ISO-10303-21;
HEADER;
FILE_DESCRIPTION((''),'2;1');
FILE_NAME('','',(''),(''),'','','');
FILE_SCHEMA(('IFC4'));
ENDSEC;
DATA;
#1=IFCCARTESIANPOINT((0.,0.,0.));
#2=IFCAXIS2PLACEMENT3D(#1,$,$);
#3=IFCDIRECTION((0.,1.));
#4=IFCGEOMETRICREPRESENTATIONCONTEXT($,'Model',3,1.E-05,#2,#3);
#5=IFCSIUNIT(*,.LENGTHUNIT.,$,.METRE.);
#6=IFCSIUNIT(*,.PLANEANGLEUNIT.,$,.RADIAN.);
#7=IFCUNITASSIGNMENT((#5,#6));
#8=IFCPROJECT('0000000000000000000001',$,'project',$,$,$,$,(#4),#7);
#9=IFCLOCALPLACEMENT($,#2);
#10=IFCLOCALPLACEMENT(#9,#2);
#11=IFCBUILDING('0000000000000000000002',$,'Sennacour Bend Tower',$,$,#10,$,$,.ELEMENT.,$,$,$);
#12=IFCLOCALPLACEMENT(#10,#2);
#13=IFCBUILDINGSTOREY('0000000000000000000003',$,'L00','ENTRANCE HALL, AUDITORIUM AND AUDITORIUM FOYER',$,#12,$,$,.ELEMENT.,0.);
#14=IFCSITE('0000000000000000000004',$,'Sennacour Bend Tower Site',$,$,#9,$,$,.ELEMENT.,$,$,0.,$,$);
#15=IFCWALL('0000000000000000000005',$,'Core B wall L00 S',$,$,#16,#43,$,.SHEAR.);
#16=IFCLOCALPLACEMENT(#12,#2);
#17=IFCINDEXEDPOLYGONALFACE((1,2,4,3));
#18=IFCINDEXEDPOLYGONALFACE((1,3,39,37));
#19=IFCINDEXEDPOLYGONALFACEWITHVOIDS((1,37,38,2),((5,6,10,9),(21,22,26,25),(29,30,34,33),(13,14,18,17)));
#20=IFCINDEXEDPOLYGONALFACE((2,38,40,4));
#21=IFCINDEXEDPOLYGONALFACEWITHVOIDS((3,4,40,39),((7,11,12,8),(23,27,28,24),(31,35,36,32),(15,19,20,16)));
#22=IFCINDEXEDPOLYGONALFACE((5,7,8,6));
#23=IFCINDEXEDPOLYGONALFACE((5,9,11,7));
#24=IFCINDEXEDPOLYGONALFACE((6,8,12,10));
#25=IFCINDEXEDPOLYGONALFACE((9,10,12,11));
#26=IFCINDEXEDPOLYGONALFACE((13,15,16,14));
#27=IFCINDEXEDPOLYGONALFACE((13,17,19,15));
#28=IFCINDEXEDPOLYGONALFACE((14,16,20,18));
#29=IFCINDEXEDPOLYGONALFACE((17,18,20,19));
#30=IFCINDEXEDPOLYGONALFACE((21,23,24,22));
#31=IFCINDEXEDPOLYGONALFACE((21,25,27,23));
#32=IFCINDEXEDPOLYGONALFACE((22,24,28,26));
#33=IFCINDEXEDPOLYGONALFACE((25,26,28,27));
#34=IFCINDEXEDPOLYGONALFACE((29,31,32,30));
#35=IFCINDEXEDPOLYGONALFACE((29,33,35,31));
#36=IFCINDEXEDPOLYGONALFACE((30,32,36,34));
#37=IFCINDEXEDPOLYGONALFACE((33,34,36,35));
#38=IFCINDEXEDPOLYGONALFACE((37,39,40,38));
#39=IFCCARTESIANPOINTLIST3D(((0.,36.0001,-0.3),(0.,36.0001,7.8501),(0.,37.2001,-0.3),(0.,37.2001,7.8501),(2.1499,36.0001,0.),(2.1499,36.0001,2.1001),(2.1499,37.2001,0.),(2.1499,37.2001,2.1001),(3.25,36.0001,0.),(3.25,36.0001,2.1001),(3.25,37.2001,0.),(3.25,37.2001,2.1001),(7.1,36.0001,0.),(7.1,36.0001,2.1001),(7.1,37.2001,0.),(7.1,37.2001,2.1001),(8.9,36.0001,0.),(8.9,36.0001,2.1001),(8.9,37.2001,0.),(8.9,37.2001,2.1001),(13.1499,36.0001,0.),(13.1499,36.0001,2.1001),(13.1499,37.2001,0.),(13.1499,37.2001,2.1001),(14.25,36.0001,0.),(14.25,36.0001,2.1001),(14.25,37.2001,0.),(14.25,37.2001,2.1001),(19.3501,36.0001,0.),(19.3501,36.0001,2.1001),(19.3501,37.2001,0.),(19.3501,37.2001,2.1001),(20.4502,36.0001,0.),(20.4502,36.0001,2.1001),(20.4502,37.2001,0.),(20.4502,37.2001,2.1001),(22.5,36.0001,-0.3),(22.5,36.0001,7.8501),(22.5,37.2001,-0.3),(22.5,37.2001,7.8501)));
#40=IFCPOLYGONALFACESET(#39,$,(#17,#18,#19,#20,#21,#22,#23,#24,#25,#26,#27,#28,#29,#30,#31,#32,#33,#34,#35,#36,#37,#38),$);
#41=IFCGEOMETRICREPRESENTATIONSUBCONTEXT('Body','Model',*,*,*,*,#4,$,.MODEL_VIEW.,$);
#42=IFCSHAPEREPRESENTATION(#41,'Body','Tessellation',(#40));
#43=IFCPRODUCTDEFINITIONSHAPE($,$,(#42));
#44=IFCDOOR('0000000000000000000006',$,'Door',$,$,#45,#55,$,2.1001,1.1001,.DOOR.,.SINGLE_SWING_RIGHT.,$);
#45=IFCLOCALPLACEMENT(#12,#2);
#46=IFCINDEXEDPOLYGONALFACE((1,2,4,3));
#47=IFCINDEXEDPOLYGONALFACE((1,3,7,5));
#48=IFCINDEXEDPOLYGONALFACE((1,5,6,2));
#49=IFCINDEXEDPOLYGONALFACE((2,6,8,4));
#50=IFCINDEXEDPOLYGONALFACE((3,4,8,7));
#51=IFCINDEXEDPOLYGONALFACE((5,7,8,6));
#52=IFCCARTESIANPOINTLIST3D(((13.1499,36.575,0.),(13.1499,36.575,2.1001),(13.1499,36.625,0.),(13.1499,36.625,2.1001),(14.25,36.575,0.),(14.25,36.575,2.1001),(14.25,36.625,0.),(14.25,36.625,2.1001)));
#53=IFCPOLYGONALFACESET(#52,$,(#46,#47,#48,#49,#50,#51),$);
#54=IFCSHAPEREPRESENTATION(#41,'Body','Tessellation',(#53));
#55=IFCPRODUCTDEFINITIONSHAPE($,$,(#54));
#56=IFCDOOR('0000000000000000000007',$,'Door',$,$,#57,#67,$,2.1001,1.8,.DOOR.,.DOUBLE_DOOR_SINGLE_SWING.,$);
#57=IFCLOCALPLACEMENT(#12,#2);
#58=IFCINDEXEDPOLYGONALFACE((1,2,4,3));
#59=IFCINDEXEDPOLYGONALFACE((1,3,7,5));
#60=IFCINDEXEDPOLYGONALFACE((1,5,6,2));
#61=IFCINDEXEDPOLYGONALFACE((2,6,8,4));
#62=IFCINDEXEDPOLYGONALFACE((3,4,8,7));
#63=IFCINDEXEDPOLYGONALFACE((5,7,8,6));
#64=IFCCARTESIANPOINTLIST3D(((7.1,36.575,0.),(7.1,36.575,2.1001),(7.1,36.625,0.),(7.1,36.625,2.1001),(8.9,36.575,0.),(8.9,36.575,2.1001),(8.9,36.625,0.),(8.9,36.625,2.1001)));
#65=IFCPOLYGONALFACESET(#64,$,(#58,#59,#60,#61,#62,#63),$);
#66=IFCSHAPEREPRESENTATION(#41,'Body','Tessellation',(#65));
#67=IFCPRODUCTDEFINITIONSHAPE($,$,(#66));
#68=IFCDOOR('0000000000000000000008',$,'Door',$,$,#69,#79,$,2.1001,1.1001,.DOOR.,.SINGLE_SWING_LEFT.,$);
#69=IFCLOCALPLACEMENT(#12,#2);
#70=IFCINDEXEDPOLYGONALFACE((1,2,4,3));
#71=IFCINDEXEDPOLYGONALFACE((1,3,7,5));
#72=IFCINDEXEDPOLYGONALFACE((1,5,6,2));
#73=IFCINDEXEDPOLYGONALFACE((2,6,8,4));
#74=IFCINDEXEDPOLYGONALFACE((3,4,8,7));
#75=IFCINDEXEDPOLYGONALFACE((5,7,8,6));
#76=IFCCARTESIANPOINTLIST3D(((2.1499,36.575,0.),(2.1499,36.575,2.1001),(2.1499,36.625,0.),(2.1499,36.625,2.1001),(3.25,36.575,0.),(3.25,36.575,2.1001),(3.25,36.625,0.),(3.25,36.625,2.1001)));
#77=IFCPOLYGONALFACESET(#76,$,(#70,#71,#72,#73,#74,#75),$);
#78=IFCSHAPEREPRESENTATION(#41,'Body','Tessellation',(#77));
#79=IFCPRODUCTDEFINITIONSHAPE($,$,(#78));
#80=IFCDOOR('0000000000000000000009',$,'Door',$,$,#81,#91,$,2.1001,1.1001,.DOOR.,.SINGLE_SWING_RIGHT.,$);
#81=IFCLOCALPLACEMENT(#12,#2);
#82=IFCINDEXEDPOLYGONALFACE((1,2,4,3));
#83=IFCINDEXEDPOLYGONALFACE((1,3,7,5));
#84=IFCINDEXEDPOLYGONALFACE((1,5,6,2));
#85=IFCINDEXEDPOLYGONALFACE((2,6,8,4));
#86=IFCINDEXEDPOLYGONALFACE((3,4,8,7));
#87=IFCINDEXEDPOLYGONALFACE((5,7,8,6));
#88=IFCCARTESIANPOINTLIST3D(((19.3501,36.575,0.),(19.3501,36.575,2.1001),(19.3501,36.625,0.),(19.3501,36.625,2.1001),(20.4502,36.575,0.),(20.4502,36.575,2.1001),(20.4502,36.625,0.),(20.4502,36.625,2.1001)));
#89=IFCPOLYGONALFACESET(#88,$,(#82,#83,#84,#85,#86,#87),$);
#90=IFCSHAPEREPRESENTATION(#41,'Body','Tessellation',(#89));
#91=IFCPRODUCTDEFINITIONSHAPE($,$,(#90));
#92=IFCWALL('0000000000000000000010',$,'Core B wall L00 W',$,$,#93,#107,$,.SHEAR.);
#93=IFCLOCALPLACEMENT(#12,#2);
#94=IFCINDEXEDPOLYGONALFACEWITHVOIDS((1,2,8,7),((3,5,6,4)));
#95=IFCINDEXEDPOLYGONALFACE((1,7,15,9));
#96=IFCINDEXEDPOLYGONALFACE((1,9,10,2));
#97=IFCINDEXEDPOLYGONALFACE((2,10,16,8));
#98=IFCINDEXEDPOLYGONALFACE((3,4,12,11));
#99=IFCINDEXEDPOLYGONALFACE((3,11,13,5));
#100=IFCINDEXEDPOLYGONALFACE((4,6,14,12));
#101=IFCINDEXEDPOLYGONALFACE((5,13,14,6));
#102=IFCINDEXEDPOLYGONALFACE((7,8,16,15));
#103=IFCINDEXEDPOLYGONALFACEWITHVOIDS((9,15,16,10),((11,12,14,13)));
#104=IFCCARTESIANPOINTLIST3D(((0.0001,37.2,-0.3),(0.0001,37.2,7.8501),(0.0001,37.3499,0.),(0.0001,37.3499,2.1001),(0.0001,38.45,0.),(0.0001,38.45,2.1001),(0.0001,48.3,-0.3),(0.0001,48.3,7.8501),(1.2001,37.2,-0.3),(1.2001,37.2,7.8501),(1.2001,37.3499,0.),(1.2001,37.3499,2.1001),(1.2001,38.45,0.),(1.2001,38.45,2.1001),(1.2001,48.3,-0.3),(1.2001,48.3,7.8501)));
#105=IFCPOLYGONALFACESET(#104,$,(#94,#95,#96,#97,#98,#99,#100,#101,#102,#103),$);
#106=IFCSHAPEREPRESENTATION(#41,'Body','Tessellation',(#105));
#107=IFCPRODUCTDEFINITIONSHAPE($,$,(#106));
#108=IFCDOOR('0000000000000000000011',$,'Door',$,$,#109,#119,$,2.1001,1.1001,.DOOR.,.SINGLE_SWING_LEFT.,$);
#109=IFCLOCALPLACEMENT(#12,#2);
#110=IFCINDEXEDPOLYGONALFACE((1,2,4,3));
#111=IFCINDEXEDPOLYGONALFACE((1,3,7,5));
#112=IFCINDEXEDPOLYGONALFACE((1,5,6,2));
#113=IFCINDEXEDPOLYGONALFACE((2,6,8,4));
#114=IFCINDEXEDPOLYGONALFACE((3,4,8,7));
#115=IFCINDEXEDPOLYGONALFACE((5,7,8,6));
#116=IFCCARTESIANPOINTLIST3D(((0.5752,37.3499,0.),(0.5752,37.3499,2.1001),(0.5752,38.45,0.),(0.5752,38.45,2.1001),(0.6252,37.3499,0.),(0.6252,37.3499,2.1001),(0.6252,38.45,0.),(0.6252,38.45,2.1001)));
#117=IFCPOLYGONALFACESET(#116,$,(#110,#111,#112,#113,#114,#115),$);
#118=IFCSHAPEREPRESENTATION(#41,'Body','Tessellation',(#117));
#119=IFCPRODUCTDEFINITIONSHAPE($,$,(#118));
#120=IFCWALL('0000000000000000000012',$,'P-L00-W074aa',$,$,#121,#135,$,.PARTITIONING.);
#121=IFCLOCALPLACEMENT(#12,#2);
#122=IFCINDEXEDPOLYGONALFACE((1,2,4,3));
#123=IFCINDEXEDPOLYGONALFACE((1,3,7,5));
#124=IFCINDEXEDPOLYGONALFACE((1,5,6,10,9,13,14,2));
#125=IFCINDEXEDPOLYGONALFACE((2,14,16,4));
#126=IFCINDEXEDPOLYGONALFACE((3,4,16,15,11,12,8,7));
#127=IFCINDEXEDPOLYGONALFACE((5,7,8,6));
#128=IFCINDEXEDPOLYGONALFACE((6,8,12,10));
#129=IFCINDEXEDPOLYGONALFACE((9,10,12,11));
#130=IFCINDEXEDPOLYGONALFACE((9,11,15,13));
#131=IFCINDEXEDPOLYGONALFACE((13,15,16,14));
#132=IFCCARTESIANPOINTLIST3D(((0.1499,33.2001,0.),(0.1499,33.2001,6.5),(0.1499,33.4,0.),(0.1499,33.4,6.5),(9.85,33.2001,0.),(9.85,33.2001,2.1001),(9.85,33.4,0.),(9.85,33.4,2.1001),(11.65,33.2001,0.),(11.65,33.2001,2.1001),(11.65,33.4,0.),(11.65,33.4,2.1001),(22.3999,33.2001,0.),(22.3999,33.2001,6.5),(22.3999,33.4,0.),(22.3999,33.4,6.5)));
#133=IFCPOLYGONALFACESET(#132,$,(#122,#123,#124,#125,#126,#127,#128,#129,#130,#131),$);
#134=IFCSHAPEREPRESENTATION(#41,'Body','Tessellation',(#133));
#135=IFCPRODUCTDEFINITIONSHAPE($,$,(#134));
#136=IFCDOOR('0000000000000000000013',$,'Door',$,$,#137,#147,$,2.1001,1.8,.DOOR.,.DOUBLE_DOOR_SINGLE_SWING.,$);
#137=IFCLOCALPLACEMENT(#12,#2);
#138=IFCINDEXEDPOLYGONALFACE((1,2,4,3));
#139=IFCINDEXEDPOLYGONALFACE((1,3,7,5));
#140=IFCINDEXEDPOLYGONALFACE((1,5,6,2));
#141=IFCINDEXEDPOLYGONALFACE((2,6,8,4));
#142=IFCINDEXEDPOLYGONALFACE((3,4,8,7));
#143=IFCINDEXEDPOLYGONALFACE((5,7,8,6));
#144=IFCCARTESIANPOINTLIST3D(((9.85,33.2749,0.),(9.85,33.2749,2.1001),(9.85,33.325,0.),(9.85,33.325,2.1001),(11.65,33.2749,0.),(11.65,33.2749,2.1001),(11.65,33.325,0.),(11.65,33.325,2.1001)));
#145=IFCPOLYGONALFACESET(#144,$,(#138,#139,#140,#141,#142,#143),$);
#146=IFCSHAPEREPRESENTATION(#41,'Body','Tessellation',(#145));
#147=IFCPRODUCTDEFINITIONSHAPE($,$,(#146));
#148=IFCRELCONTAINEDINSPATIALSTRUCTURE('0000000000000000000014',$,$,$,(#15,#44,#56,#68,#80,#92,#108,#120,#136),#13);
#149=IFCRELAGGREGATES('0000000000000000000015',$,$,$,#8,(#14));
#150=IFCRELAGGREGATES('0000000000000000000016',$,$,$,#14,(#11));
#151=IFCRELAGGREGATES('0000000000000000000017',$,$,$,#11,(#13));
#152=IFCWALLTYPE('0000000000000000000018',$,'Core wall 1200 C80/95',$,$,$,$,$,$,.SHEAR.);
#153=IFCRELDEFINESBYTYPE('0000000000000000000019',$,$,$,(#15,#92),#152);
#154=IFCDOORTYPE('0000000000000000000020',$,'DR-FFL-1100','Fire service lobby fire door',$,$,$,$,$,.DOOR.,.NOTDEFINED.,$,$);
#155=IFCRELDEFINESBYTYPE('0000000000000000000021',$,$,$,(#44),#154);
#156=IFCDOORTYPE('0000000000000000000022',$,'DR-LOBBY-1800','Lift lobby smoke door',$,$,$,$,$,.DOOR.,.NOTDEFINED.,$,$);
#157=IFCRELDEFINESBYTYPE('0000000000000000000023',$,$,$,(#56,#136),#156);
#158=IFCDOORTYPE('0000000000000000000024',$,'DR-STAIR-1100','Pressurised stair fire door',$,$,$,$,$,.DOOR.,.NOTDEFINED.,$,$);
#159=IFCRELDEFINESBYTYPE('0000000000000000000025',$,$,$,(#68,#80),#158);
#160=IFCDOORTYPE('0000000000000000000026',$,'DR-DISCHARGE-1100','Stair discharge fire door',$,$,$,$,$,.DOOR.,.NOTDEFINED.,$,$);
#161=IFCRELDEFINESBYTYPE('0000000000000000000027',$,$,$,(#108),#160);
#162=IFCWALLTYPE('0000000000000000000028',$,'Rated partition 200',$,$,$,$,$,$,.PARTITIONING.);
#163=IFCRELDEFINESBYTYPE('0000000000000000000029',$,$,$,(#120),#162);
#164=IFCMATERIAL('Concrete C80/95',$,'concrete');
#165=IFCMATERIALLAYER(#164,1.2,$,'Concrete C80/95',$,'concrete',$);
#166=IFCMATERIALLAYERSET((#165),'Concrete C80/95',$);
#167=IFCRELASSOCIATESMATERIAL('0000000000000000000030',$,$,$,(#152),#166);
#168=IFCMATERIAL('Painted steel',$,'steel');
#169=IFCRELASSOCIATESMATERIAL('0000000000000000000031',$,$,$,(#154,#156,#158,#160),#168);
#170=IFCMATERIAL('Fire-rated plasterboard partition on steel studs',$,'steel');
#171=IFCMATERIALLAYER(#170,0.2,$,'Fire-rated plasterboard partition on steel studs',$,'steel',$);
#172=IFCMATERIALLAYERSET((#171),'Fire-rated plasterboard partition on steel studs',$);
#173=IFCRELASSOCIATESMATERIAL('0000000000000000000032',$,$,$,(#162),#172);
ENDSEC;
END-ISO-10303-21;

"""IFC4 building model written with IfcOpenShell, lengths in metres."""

from ifc_helpers import new_model, si_unit, direction, frame, frame_2d, origin, place, context, subcontext, project, spatial, rectangle, extrude, material, layer, layer_set, type_object, element, fill, save


model = new_model("IFC4")

# Units and contexts
model_context = context("Model", 3, precision=1e-05, world=origin(), true_north=direction((0.0, 1.0)))
body_context = subcontext(model_context, "Body", "Model", "MODEL_VIEW")
ifc_project = project(units=[si_unit("LENGTHUNIT", "METRE"), si_unit("PLANEANGLEUNIT", "RADIAN")], contexts=[model_context])

# Site, building, storey
site_placement = place(None, origin())
site = spatial("IfcSite", under=ifc_project, at=site_placement, Name="Sennacour Bend Tower Site", CompositionType="ELEMENT", RefElevation=0.0)
building_placement = place(site_placement, origin())
building = spatial("IfcBuilding", under=site, at=building_placement, Name="Sennacour Bend Tower", CompositionType="ELEMENT")
storey_placement = place(building_placement, origin())
storey = spatial("IfcBuildingStorey", under=building, at=storey_placement, Name="L00", Description="ENTRANCE HALL, AUDITORIUM AND AUDITORIUM FOYER", CompositionType="ELEMENT", Elevation=0.0)

# Wall, openings, doors
ifc_material_1 = material(Name="Concrete C80/95", Category="concrete")
ifc_layer_1 = layer(ifc_material_1, 1.2, Name="Concrete C80/95", Category="concrete")
ifc_layer_set_1 = layer_set([ifc_layer_1], Name="Concrete C80/95")
wall_type_1 = type_object("IfcWallType", Name="Core wall 1200 C80/95", PredefinedType="SHEAR", material=ifc_layer_set_1)
wall_1_placement = place(storey_placement, frame((0.0, 36.6001, -0.3), z_axis=(0.0, 0.0, 1.0), x_axis=(1.0, 0.0, 0.0)))
wall_1 = element("IfcWall", 1, at=wall_1_placement, inside=storey, type_object=wall_type_1, Name="Core B wall L00 S", PredefinedType="SHEAR", context=body_context, shape_type="SweptSolid", body=[
    extrude(rectangle(XDim=22.5, YDim=1.2, at=frame_2d((11.25, 0.0))), origin(), (0.0, 0.0, 1.0), 8.1501),
])
opening_1_placement = place(wall_1_placement, frame((7.1001, 0.0, 0.3)))
opening_1 = element("IfcOpeningElement", 2, at=opening_1_placement, cuts=wall_1, PredefinedType="OPENING", context=body_context, shape_type="SweptSolid", body=[
    extrude(rectangle(XDim=1.8, YDim=2.1001, at=frame_2d((0.8999, 1.05))), frame((0.0, 0.6099, 0.0), z_axis=(0.0, -1.0, 0.0), x_axis=(1.0, 0.0, 0.0)), (0.0, 0.0, 1.0), 1.22),
])
opening_2_placement = place(wall_1_placement, frame((13.1499, 0.0, 0.3)))
opening_2 = element("IfcOpeningElement", 3, at=opening_2_placement, cuts=wall_1, PredefinedType="OPENING", context=body_context, shape_type="SweptSolid", body=[
    extrude(rectangle(XDim=1.1001, YDim=2.1001, at=frame_2d((0.55, 1.05))), frame((0.0, 0.6099, 0.0), z_axis=(0.0, -1.0, 0.0), x_axis=(1.0, 0.0, 0.0)), (0.0, 0.0, 1.0), 1.22),
])
opening_3_placement = place(wall_1_placement, frame((2.1499, 0.0, 0.3)))
opening_3 = element("IfcOpeningElement", 4, at=opening_3_placement, cuts=wall_1, PredefinedType="OPENING", context=body_context, shape_type="SweptSolid", body=[
    extrude(rectangle(XDim=1.1001, YDim=2.1001, at=frame_2d((0.55, 1.05))), frame((0.0, 0.6099, 0.0), z_axis=(0.0, -1.0, 0.0), x_axis=(1.0, 0.0, 0.0)), (0.0, 0.0, 1.0), 1.22),
])
opening_4_placement = place(wall_1_placement, frame((19.3501, 0.0, 0.3)))
opening_4 = element("IfcOpeningElement", 5, at=opening_4_placement, cuts=wall_1, PredefinedType="OPENING", context=body_context, shape_type="SweptSolid", body=[
    extrude(rectangle(XDim=1.1001, YDim=2.1001, at=frame_2d((0.55, 1.05))), frame((0.0, 0.6099, 0.0), z_axis=(0.0, -1.0, 0.0), x_axis=(1.0, 0.0, 0.0)), (0.0, 0.0, 1.0), 1.22),
])
ifc_material_2 = material(Name="Painted steel", Category="steel")
door_type_1 = type_object("IfcDoorType", Name="DR-FFL-1100", Description="Fire service lobby fire door", OperationType="NOTDEFINED", PredefinedType="DOOR", material=ifc_material_2)
door_1_placement = place(opening_2_placement, origin())
door_1 = element("IfcDoor", 6, at=door_1_placement, inside=storey, type_object=door_type_1, Name="Door", OperationType="SINGLE_SWING_RIGHT", OverallHeight=2.1001, OverallWidth=1.1001, PredefinedType="DOOR", context=body_context, shape_type="SweptSolid", body=[
    extrude(rectangle(XDim=1.1001, YDim=2.1001, at=frame_2d((0.55, 1.05))), frame((0.0, 0.0249, 0.0), z_axis=(0.0, -1.0, 0.0), x_axis=(1.0, 0.0, 0.0)), (0.0, 0.0, 1.0), 0.05),
])
fill(opening_2, door_1)
door_type_2 = type_object("IfcDoorType", Name="DR-LOBBY-1800", Description="Lift lobby smoke door", OperationType="NOTDEFINED", PredefinedType="DOOR", material=ifc_material_2)
door_2_placement = place(opening_1_placement, origin())
door_2 = element("IfcDoor", 7, at=door_2_placement, inside=storey, type_object=door_type_2, Name="Door", OperationType="DOUBLE_DOOR_SINGLE_SWING", OverallHeight=2.1001, OverallWidth=1.8, PredefinedType="DOOR", context=body_context, shape_type="SweptSolid", body=[
    extrude(rectangle(XDim=1.8, YDim=2.1001, at=frame_2d((0.8999, 1.05))), frame((0.0, 0.0249, 0.0), z_axis=(0.0, -1.0, 0.0), x_axis=(1.0, 0.0, 0.0)), (0.0, 0.0, 1.0), 0.05),
])
fill(opening_1, door_2)
door_type_3 = type_object("IfcDoorType", Name="DR-STAIR-1100", Description="Pressurised stair fire door", OperationType="NOTDEFINED", PredefinedType="DOOR", material=ifc_material_2)
door_3_placement = place(opening_3_placement, origin())
door_3 = element("IfcDoor", 8, at=door_3_placement, inside=storey, type_object=door_type_3, Name="Door", OperationType="SINGLE_SWING_LEFT", OverallHeight=2.1001, OverallWidth=1.1001, PredefinedType="DOOR", context=body_context, shape_type="SweptSolid", body=[
    extrude(rectangle(XDim=1.1001, YDim=2.1001, at=frame_2d((0.55, 1.05))), frame((0.0, 0.0249, 0.0), z_axis=(0.0, -1.0, 0.0), x_axis=(1.0, 0.0, 0.0)), (0.0, 0.0, 1.0), 0.05),
])
fill(opening_3, door_3)
door_4_placement = place(opening_4_placement, origin())
door_4 = element("IfcDoor", 9, at=door_4_placement, inside=storey, type_object=door_type_3, Name="Door", OperationType="SINGLE_SWING_RIGHT", OverallHeight=2.1001, OverallWidth=1.1001, PredefinedType="DOOR", context=body_context, shape_type="SweptSolid", body=[
    extrude(rectangle(XDim=1.1001, YDim=2.1001, at=frame_2d((0.55, 1.05))), frame((0.0, 0.0249, 0.0), z_axis=(0.0, -1.0, 0.0), x_axis=(1.0, 0.0, 0.0)), (0.0, 0.0, 1.0), 0.05),
])
fill(opening_4, door_4)

# Walls, openings, doors
wall_2_placement = place(storey_placement, frame((0.6001, 37.2, -0.3), z_axis=(0.0, 0.0, 1.0), x_axis=(0.0, 1.0, 0.0)))
wall_2 = element("IfcWall", 10, at=wall_2_placement, inside=storey, type_object=wall_type_1, Name="Core B wall L00 W", PredefinedType="SHEAR", context=body_context, shape_type="SweptSolid", body=[
    extrude(rectangle(XDim=11.1001, YDim=1.2, at=frame_2d((5.55, 0.0))), origin(), (0.0, 0.0, 1.0), 8.1501),
])
opening_5_placement = place(wall_2_placement, frame((0.1499, 0.0, 0.3)))
opening_5 = element("IfcOpeningElement", 11, at=opening_5_placement, cuts=wall_2, PredefinedType="OPENING", context=body_context, shape_type="SweptSolid", body=[
    extrude(rectangle(XDim=1.1001, YDim=2.1001, at=frame_2d((0.55, 1.05))), frame((0.0, 0.6099, 0.0), z_axis=(0.0, -1.0, 0.0), x_axis=(1.0, 0.0, 0.0)), (0.0, 0.0, 1.0), 1.22),
])
door_type_4 = type_object("IfcDoorType", Name="DR-DISCHARGE-1100", Description="Stair discharge fire door", OperationType="NOTDEFINED", PredefinedType="DOOR", material=ifc_material_2)
door_5_placement = place(opening_5_placement, origin())
door_5 = element("IfcDoor", 12, at=door_5_placement, inside=storey, type_object=door_type_4, Name="Door", OperationType="SINGLE_SWING_LEFT", OverallHeight=2.1001, OverallWidth=1.1001, PredefinedType="DOOR", context=body_context, shape_type="SweptSolid", body=[
    extrude(rectangle(XDim=1.1001, YDim=2.1001, at=frame_2d((0.55, 1.05))), frame((0.0, 0.0249, 0.0), z_axis=(0.0, -1.0, 0.0), x_axis=(1.0, 0.0, 0.0)), (0.0, 0.0, 1.0), 0.05),
])
fill(opening_5, door_5)
ifc_material_3 = material(Name="Fire-rated plasterboard partition on steel studs", Category="steel")
ifc_layer_2 = layer(ifc_material_3, 0.2, Name="Fire-rated plasterboard partition on steel studs", Category="steel")
ifc_layer_set_2 = layer_set([ifc_layer_2], Name="Fire-rated plasterboard partition on steel studs")
wall_type_2 = type_object("IfcWallType", Name="Rated partition 200", PredefinedType="PARTITIONING", material=ifc_layer_set_2)
wall_3_placement = place(storey_placement, frame((0.1499, 33.3, 0.0), z_axis=(0.0, 0.0, 1.0), x_axis=(1.0, 0.0, 0.0)))
wall_3 = element("IfcWall", 13, at=wall_3_placement, inside=storey, type_object=wall_type_2, Name="P-L00-W074aa", PredefinedType="PARTITIONING", context=body_context, shape_type="SweptSolid", body=[
    extrude(rectangle(XDim=22.25, YDim=0.2, at=frame_2d((11.125, 0.0))), origin(), (0.0, 0.0, 1.0), 6.5),
])
opening_6_placement = place(wall_3_placement, frame((9.7002, 0.0, 0.0)))
opening_6 = element("IfcOpeningElement", 14, at=opening_6_placement, cuts=wall_3, PredefinedType="OPENING", context=body_context, shape_type="SweptSolid", body=[
    extrude(rectangle(XDim=1.8, YDim=2.1001, at=frame_2d((0.8999, 1.05))), frame((0.0, 0.1099, 0.0), z_axis=(0.0, -1.0, 0.0), x_axis=(1.0, 0.0, 0.0)), (0.0, 0.0, 1.0), 0.22),
])
door_6_placement = place(opening_6_placement, origin())
door_6 = element("IfcDoor", 15, at=door_6_placement, inside=storey, type_object=door_type_2, Name="Door", OperationType="DOUBLE_DOOR_SINGLE_SWING", OverallHeight=2.1001, OverallWidth=1.8, PredefinedType="DOOR", context=body_context, shape_type="SweptSolid", body=[
    extrude(rectangle(XDim=1.8, YDim=2.1001, at=frame_2d((0.8999, 1.05))), frame((0.0, 0.0249, 0.0), z_axis=(0.0, -1.0, 0.0), x_axis=(1.0, 0.0, 0.0)), (0.0, 0.0, 1.0), 0.05),
])
fill(opening_6, door_6)

save(model, "model.ifc")
